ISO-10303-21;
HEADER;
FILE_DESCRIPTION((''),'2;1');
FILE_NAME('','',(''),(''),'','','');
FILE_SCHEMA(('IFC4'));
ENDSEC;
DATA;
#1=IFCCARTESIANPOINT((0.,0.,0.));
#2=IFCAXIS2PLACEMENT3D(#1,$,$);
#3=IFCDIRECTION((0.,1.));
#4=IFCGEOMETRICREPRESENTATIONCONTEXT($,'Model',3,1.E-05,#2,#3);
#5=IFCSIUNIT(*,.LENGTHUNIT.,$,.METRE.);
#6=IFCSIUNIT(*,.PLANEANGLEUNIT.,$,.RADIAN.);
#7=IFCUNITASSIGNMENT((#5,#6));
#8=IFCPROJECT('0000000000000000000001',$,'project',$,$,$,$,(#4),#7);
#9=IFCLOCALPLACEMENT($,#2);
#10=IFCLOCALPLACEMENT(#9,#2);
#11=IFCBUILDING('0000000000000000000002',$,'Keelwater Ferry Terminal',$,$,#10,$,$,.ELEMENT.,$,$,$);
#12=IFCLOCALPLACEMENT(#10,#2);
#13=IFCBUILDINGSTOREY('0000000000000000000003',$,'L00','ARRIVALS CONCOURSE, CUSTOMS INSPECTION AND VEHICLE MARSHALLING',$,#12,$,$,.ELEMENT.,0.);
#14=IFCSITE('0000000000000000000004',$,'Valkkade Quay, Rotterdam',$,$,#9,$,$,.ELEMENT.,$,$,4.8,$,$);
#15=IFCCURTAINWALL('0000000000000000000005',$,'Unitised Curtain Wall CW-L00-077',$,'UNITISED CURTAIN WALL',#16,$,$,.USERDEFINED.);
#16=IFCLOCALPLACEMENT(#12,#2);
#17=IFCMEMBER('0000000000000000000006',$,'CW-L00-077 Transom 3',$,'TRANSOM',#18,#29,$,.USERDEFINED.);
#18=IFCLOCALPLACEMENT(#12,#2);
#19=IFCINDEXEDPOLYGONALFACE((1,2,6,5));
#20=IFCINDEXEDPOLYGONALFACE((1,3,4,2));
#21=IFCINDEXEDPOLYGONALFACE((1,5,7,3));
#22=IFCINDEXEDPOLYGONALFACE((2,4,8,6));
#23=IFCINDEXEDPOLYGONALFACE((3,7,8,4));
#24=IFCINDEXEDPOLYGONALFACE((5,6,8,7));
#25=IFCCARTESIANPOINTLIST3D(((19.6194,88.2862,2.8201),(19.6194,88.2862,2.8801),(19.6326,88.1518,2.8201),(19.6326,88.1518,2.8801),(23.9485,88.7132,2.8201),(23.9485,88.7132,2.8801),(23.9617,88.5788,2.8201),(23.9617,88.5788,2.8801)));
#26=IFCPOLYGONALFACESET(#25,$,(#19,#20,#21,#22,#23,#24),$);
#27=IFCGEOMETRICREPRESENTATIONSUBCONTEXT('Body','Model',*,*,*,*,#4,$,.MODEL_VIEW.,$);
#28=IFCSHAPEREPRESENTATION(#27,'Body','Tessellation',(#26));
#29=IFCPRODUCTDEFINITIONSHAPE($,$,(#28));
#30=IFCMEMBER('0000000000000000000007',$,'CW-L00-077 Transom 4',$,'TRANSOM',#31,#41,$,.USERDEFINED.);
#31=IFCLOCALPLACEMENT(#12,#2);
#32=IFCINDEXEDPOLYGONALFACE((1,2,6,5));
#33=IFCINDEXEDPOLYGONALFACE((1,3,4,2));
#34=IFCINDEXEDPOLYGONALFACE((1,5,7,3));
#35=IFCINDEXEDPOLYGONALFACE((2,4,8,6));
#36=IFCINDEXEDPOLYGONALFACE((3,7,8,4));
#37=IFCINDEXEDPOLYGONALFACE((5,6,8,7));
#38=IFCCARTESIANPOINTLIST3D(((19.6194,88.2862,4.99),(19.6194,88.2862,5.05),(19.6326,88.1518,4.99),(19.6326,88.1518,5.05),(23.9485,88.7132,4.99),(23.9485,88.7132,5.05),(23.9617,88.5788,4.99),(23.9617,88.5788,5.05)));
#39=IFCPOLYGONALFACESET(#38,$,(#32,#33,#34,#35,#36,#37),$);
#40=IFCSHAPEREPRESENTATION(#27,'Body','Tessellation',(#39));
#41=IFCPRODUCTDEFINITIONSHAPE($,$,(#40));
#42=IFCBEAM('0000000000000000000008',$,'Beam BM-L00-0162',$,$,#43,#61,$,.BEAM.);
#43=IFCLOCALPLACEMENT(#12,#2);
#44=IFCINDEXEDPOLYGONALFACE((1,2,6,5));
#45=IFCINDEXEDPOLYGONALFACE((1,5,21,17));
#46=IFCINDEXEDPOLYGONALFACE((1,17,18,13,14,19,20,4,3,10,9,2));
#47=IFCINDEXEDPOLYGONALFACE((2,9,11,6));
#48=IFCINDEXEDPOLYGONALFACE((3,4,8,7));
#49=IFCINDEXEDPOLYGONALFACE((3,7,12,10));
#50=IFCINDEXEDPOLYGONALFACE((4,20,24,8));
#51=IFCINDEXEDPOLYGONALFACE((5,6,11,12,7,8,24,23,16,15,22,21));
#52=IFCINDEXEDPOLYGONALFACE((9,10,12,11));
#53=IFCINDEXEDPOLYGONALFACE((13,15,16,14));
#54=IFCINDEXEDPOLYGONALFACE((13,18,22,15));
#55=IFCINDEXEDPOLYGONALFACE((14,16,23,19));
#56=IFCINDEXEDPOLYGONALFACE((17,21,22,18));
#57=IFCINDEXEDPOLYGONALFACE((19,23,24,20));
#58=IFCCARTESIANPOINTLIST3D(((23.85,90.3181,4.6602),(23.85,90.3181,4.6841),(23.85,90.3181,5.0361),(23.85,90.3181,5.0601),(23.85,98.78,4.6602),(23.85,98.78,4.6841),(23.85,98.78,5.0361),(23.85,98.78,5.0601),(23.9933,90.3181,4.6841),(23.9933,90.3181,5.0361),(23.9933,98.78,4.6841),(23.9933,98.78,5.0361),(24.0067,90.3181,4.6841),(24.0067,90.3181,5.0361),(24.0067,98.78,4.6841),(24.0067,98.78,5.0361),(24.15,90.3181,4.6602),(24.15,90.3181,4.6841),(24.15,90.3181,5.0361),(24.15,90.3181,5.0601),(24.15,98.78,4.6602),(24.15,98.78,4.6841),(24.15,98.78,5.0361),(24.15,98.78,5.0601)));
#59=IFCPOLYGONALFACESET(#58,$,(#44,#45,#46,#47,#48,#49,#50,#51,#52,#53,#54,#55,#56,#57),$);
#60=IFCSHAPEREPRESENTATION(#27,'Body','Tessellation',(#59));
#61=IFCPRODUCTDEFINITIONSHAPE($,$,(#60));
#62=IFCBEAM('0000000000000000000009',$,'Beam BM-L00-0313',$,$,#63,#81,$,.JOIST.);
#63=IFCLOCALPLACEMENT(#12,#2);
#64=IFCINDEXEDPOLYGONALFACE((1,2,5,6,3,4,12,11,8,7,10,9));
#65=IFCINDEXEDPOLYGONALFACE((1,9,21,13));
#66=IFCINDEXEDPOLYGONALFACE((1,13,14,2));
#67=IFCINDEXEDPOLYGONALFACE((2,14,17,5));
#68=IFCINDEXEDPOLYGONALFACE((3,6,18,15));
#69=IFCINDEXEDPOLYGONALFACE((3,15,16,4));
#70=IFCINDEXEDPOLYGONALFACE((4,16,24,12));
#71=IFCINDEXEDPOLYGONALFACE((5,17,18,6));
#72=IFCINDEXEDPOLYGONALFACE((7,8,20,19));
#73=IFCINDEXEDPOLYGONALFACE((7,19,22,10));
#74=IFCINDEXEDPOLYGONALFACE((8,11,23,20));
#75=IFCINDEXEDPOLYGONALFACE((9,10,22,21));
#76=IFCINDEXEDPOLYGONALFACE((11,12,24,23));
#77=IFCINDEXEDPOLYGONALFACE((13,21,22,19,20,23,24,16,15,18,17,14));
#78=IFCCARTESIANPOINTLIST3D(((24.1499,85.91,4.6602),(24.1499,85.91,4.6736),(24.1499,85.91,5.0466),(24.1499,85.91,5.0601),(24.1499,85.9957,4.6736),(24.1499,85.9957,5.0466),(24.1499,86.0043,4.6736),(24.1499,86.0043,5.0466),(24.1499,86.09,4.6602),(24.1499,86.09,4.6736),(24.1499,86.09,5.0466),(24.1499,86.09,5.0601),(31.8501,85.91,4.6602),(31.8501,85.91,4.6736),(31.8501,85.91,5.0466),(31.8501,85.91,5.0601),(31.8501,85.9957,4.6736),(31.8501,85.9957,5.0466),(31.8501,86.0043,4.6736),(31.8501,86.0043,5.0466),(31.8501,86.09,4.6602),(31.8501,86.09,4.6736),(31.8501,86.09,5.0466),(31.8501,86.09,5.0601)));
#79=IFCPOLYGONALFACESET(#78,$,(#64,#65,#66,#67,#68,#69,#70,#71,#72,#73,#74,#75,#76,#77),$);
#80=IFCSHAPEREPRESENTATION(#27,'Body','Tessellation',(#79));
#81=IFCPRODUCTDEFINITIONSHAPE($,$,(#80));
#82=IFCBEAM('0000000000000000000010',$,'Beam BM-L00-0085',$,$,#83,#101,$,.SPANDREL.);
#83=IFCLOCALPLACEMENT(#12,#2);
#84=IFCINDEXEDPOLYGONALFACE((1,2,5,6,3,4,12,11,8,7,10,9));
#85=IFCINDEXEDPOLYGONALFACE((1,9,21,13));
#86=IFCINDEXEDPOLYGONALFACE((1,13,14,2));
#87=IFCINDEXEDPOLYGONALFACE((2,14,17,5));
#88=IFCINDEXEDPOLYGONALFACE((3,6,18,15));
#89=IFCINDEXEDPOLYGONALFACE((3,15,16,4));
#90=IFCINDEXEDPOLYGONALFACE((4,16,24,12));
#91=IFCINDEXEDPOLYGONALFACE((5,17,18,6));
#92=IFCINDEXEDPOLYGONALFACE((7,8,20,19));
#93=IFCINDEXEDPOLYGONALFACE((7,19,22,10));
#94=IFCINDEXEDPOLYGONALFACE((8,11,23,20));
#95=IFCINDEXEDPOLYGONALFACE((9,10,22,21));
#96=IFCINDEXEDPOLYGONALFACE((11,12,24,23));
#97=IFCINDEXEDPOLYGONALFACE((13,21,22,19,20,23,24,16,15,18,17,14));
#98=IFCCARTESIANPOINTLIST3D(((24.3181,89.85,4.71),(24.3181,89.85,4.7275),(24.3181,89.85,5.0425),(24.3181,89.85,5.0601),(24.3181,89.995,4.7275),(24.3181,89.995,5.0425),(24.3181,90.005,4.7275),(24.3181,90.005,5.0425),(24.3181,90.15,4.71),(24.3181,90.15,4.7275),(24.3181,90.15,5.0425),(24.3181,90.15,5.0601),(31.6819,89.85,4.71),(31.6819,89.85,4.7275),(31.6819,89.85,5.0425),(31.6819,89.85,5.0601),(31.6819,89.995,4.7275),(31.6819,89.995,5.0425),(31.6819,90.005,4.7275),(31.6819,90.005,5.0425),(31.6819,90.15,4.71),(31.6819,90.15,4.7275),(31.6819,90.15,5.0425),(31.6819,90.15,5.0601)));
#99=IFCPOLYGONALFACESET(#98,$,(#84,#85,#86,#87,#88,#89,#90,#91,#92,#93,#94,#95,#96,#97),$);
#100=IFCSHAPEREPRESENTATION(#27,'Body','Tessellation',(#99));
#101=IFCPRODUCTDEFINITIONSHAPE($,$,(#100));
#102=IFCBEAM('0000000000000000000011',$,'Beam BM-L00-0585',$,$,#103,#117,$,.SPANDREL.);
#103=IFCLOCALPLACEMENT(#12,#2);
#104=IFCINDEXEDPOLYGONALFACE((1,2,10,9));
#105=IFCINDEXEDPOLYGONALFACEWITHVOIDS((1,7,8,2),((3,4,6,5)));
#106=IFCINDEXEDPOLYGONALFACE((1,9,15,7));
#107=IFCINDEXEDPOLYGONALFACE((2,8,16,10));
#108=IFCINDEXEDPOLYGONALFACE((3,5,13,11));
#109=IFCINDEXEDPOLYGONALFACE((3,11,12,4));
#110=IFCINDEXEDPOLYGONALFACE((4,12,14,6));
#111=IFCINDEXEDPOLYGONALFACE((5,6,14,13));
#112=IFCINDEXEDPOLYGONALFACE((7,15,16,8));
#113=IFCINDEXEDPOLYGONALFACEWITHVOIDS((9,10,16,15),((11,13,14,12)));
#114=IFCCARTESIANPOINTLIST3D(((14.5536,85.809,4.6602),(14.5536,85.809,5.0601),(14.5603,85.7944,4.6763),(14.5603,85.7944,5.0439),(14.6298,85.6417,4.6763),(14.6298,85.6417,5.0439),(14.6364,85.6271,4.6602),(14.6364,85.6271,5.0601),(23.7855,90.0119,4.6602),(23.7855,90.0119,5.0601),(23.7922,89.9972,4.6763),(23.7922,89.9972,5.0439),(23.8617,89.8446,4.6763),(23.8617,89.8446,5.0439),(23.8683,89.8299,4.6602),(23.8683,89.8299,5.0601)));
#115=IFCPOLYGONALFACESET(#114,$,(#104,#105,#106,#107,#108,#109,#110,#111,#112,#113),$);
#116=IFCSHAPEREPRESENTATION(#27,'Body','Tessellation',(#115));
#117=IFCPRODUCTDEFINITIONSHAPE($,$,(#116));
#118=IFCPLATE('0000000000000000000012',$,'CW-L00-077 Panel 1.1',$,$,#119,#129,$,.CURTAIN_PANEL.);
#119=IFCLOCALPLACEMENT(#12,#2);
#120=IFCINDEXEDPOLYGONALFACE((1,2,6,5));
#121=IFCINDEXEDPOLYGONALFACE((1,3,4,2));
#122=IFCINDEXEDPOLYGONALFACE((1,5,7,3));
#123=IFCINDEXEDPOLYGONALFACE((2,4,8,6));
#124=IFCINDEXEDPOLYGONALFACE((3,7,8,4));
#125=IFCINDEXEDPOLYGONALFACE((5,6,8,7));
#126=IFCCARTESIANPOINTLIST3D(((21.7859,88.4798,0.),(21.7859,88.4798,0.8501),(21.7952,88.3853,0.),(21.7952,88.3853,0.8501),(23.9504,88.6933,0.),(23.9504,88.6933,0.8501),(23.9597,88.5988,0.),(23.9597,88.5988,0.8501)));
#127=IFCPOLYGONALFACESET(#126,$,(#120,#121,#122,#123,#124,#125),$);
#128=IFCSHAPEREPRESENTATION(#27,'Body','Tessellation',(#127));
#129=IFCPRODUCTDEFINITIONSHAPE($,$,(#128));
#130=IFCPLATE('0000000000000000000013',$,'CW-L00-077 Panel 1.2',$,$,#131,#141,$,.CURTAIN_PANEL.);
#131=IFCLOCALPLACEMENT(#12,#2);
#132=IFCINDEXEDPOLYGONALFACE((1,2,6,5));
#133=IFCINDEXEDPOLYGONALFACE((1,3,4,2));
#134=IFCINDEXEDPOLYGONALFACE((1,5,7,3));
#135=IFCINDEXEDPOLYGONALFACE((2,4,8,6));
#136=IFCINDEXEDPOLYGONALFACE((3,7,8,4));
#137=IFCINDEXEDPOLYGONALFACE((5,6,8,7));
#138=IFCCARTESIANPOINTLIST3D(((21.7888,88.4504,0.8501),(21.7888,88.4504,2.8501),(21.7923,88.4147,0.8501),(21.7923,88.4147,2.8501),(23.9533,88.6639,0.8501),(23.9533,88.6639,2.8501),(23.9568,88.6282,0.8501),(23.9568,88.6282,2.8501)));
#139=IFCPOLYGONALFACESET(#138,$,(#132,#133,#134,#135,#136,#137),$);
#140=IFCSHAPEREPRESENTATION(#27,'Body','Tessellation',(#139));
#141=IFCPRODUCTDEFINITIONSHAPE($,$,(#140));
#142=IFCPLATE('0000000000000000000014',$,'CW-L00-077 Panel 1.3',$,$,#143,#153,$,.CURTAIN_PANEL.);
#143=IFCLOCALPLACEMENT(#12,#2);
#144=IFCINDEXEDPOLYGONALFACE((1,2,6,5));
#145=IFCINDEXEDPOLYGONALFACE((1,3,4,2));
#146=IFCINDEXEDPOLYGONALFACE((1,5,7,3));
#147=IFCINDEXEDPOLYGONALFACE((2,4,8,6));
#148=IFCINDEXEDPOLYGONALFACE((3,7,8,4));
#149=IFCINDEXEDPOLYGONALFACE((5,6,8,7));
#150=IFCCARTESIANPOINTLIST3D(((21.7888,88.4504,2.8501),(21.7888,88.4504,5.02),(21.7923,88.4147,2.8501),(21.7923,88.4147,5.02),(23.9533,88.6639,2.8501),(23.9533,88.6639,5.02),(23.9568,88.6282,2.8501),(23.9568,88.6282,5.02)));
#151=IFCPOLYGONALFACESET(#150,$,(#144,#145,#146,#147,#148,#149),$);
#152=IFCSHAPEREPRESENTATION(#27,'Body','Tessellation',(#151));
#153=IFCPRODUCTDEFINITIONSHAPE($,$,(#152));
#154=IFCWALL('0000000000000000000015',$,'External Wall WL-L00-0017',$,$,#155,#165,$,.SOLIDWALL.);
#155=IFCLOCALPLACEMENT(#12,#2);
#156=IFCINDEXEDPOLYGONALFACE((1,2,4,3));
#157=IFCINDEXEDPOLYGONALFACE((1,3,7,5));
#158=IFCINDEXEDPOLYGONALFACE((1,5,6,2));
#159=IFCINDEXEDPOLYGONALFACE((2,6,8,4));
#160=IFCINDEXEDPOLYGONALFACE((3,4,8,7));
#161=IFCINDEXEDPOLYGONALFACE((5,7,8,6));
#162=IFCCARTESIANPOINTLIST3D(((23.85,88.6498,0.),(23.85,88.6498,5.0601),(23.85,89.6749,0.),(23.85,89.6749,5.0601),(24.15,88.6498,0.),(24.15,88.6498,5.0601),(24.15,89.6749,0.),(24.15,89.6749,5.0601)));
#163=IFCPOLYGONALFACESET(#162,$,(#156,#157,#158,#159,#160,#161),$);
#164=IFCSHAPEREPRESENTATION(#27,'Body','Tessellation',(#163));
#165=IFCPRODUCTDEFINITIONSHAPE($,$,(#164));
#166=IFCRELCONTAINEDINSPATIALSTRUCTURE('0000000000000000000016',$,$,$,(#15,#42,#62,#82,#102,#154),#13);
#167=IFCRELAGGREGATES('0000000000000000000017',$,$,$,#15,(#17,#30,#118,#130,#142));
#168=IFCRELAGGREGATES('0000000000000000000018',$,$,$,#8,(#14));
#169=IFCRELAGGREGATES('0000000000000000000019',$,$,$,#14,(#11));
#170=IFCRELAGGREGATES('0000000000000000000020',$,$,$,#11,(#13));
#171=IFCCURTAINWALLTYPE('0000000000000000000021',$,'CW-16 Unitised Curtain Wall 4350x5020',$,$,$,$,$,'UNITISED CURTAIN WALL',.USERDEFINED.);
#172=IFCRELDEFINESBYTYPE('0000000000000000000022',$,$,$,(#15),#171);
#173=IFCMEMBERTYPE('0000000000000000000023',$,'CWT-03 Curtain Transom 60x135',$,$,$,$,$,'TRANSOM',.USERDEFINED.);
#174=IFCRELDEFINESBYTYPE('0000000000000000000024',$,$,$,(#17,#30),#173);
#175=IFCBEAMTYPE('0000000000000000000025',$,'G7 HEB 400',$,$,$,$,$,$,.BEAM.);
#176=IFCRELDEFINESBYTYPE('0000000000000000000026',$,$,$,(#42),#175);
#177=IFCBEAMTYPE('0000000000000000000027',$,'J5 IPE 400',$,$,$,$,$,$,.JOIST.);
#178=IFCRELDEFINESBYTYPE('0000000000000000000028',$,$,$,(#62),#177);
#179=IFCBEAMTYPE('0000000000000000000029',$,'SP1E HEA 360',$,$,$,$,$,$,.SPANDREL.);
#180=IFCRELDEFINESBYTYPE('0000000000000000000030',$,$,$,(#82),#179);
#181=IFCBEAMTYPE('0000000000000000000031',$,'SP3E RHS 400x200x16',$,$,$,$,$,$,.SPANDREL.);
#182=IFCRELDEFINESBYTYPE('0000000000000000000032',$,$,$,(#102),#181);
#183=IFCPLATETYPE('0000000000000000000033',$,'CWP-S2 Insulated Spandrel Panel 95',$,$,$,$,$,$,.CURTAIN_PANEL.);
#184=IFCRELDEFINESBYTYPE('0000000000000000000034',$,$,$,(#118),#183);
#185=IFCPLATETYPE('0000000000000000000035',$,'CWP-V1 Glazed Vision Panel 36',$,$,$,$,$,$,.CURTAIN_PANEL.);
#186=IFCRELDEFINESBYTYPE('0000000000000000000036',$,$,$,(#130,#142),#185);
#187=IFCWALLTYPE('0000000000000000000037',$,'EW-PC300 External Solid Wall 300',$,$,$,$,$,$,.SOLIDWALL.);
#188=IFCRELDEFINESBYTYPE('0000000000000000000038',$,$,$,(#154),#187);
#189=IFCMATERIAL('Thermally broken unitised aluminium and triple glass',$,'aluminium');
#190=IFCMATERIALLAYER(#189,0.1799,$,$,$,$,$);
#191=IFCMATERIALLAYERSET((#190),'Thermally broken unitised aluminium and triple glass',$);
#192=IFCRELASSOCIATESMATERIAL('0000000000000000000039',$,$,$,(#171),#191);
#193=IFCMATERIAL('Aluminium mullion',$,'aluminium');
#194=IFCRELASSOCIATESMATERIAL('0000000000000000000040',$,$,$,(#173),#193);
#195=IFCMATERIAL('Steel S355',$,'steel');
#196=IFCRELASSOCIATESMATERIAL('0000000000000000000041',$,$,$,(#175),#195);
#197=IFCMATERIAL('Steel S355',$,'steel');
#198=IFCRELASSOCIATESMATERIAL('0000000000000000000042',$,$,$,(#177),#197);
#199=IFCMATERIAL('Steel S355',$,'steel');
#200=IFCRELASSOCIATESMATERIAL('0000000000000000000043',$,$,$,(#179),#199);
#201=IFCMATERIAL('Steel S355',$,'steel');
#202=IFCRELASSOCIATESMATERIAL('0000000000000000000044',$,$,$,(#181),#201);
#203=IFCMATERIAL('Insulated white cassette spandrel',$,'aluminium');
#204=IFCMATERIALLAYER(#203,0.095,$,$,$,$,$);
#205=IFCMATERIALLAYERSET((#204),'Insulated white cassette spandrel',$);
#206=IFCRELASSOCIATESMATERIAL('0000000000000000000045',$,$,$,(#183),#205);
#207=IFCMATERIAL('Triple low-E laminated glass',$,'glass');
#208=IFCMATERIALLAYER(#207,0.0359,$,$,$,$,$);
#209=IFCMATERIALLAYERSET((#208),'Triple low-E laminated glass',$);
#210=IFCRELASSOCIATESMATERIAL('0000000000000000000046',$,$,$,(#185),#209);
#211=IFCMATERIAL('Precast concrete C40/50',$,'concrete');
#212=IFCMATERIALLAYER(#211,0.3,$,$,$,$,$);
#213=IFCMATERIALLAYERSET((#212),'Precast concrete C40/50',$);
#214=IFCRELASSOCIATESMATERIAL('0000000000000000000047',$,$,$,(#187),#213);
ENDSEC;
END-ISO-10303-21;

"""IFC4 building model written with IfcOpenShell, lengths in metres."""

from ifc_helpers import new_model, si_unit, direction, frame, frame_2d, origin, origin_2d, place, context, subcontext, project, spatial, rectangle, hollow_rectangle, i_section, extrude, material, layer, layer_set, material_profile, profile_set, type_object, element, aggregate, save


model = new_model("IFC4")

# Units and contexts
model_context = context("Model", 3, precision=1e-05, world=origin(), true_north=direction((0.0, 1.0)))
body_context = subcontext(model_context, "Body", "Model", "MODEL_VIEW")
ifc_project = project(units=[si_unit("LENGTHUNIT", "METRE"), si_unit("PLANEANGLEUNIT", "RADIAN")], contexts=[model_context])

# Site, building, storey
site_placement = place(None, origin())
site = spatial("IfcSite", under=ifc_project, at=site_placement, Name="Valkkade Quay, Rotterdam", CompositionType="ELEMENT", RefElevation=4.8)
building_placement = place(site_placement, origin())
building = spatial("IfcBuilding", under=site, at=building_placement, Name="Keelwater Ferry Terminal", CompositionType="ELEMENT")
storey_placement = place(building_placement, origin())
storey = spatial("IfcBuildingStorey", under=building, at=storey_placement, Name="L00", Description="ARRIVALS CONCOURSE, CUSTOMS INSPECTION AND VEHICLE MARSHALLING", CompositionType="ELEMENT", Elevation=0.0)

# Curtain wall, members
ifc_material_1 = material(Name="Thermally broken unitised aluminium and triple glass", Category="aluminium")
ifc_layer_1 = layer(ifc_material_1, 0.1799)
ifc_layer_set_1 = layer_set([ifc_layer_1], Name="Thermally broken unitised aluminium and triple glass")
curtain_wall_type = type_object("IfcCurtainWallType", Name="CW-16 Unitised Curtain Wall 4350x5020", ElementType="UNITISED CURTAIN WALL", PredefinedType="USERDEFINED", material=ifc_layer_set_1)
curtain_wall_placement = place(storey_placement, origin())
curtain_wall = element("IfcCurtainWall", 1, at=curtain_wall_placement, inside=storey, type_object=curtain_wall_type, Name="Unitised Curtain Wall CW-L00-077", ObjectType="UNITISED CURTAIN WALL", PredefinedType="USERDEFINED")
ifc_material_2 = material(Name="Aluminium mullion", Category="aluminium")
ifc_material_profile_1 = material_profile(ifc_material_2, rectangle(XDim=0.135, YDim=0.0601, at=origin_2d()), Name="CWT-03")
ifc_profile_set_1 = profile_set([ifc_material_profile_1], Name="Aluminium mullion")
member_type_1 = type_object("IfcMemberType", Name="CWT-03 Curtain Transom 60x135", ElementType="TRANSOM", PredefinedType="USERDEFINED", material=ifc_profile_set_1)
member_1_placement = place(storey_placement, frame((23.9551, 88.646, 2.8501), z_axis=(-0.995171, -0.098159, 0.0), x_axis=(0.098159, -0.995171, 0.0)))
member_1 = element("IfcMember", 2, at=member_1_placement, type_object=member_type_1, Name="CW-L00-077 Transom 3", ObjectType="TRANSOM", PredefinedType="USERDEFINED", context=body_context, shape_type="SweptSolid", body=[
    extrude(rectangle(XDim=0.135, YDim=0.0601, at=origin_2d()), origin(), (0.0, 0.0, 1.0), 4.3501),
])
member_2_placement = place(storey_placement, frame((23.9551, 88.646, 5.02), z_axis=(-0.995171, -0.098159, 0.0), x_axis=(0.098159, -0.995171, 0.0)))
member_2 = element("IfcMember", 3, at=member_2_placement, type_object=member_type_1, Name="CW-L00-077 Transom 4", ObjectType="TRANSOM", PredefinedType="USERDEFINED", context=body_context, shape_type="SweptSolid", body=[
    extrude(rectangle(XDim=0.135, YDim=0.0601, at=origin_2d()), origin(), (0.0, 0.0, 1.0), 4.3501),
])

# Beams
ifc_material_3 = material(Name="Steel S355", Category="steel")
ifc_material_profile_2 = material_profile(ifc_material_3, i_section(OverallWidth=0.3, OverallDepth=0.3999, WebThickness=0.0134, FlangeThickness=0.0239, at=origin_2d()), Name="HEB 400")
ifc_profile_set_2 = profile_set([ifc_material_profile_2], Name="Steel S355")
beam_type_1 = type_object("IfcBeamType", Name="G7 HEB 400", PredefinedType="BEAM", material=ifc_profile_set_2)
beam_1_placement = place(storey_placement, frame((24.0, 90.3181, 4.8601), z_axis=(0.0, 1.0, 0.0), x_axis=(-1.0, 0.0, 0.0)))
element("IfcBeam", 4, at=beam_1_placement, inside=storey, type_object=beam_type_1, Name="Beam BM-L00-0162", PredefinedType="BEAM", context=body_context, shape_type="SweptSolid", body=[
    extrude(i_section(OverallWidth=0.3, OverallDepth=0.3999, WebThickness=0.0134, FlangeThickness=0.0239, at=origin_2d()), origin(), (0.0, 0.0, 1.0), 8.4619),
])
ifc_material_4 = material(Name="Steel S355", Category="steel")
ifc_material_profile_3 = material_profile(ifc_material_4, i_section(OverallWidth=0.1799, OverallDepth=0.3999, WebThickness=0.0085, FlangeThickness=0.0134, at=origin_2d()), Name="IPE 400")
ifc_profile_set_3 = profile_set([ifc_material_profile_3], Name="Steel S355")
beam_type_2 = type_object("IfcBeamType", Name="J5 IPE 400", PredefinedType="JOIST", material=ifc_profile_set_3)
beam_2_placement = place(storey_placement, frame((24.1499, 86.0, 4.8601), z_axis=(1.0, 0.0, 0.0), x_axis=(0.0, 1.0, 0.0)))
element("IfcBeam", 5, at=beam_2_placement, inside=storey, type_object=beam_type_2, Name="Beam BM-L00-0313", PredefinedType="JOIST", context=body_context, shape_type="SweptSolid", body=[
    extrude(i_section(OverallWidth=0.1799, OverallDepth=0.3999, WebThickness=0.0085, FlangeThickness=0.0134, at=origin_2d()), origin(), (0.0, 0.0, 1.0), 7.7002),
])
ifc_material_5 = material(Name="Steel S355", Category="steel")
ifc_material_profile_4 = material_profile(ifc_material_5, i_section(OverallWidth=0.3, OverallDepth=0.3501, WebThickness=0.01, FlangeThickness=0.0176, at=origin_2d()), Name="HEA 360")
ifc_profile_set_4 = profile_set([ifc_material_profile_4], Name="Steel S355")
beam_type_3 = type_object("IfcBeamType", Name="SP1E HEA 360", PredefinedType="SPANDREL", material=ifc_profile_set_4)
beam_3_placement = place(storey_placement, frame((24.3181, 90.0, 4.885), z_axis=(1.0, 0.0, 0.0), x_axis=(0.0, 1.0, 0.0)))
element("IfcBeam", 6, at=beam_3_placement, inside=storey, type_object=beam_type_3, Name="Beam BM-L00-0085", PredefinedType="SPANDREL", context=body_context, shape_type="SweptSolid", body=[
    extrude(i_section(OverallWidth=0.3, OverallDepth=0.3501, WebThickness=0.01, FlangeThickness=0.0176, at=origin_2d()), origin(), (0.0, 0.0, 1.0), 7.3638),
])
ifc_material_6 = material(Name="Steel S355", Category="steel")
ifc_material_profile_5 = material_profile(ifc_material_6, hollow_rectangle(XDim=0.2, YDim=0.3999, WallThickness=0.0161, at=origin_2d()), Name="RHS 400x200x16")
ifc_profile_set_5 = profile_set([ifc_material_profile_5], Name="Steel S355")
beam_type_4 = type_object("IfcBeamType", Name="SP3E RHS 400x200x16", PredefinedType="SPANDREL", material=ifc_profile_set_5)
beam_4_placement = place(storey_placement, frame((23.8269, 89.9209, 4.8601), z_axis=(-0.910123, -0.414338, 0.0), x_axis=(0.414338, -0.910123, 0.0)))
element("IfcBeam", 7, at=beam_4_placement, inside=storey, type_object=beam_type_4, Name="Beam BM-L00-0585", PredefinedType="SPANDREL", context=body_context, shape_type="SweptSolid", body=[
    extrude(hollow_rectangle(XDim=0.2, YDim=0.3999, WallThickness=0.0161, at=origin_2d()), origin(), (0.0, 0.0, 1.0), 10.1436),
])

# Plates
ifc_material_7 = material(Name="Insulated white cassette spandrel", Category="aluminium")
ifc_layer_2 = layer(ifc_material_7, 0.095)
ifc_layer_set_2 = layer_set([ifc_layer_2], Name="Insulated white cassette spandrel")
plate_type_1 = type_object("IfcPlateType", Name="CWP-S2 Insulated Spandrel Panel 95", PredefinedType="CURTAIN_PANEL", material=ifc_layer_set_2)
plate_1_placement = place(storey_placement, frame((22.8728, 88.5393, 0.0), z_axis=(0.0, 0.0, 1.0), x_axis=(-0.995171, -0.098161, 0.0)))
plate_1 = element("IfcPlate", 8, at=plate_1_placement, type_object=plate_type_1, Name="CW-L00-077 Panel 1.1", PredefinedType="CURTAIN_PANEL", context=body_context, shape_type="SweptSolid", body=[
    extrude(rectangle(XDim=2.175, YDim=0.095, at=origin_2d()), origin(), (0.0, 0.0, 1.0), 0.8501),
])
ifc_material_8 = material(Name="Triple low-E laminated glass", Category="glass")
ifc_layer_3 = layer(ifc_material_8, 0.0359)
ifc_layer_set_3 = layer_set([ifc_layer_3], Name="Triple low-E laminated glass")
plate_type_2 = type_object("IfcPlateType", Name="CWP-V1 Glazed Vision Panel 36", PredefinedType="CURTAIN_PANEL", material=ifc_layer_set_3)
plate_2_placement = place(storey_placement, frame((22.8728, 88.5393, 0.8501), z_axis=(0.0, 0.0, 1.0), x_axis=(-0.995171, -0.098161, 0.0)))
plate_2 = element("IfcPlate", 9, at=plate_2_placement, type_object=plate_type_2, Name="CW-L00-077 Panel 1.2", PredefinedType="CURTAIN_PANEL", context=body_context, shape_type="SweptSolid", body=[
    extrude(rectangle(XDim=2.175, YDim=0.0359, at=origin_2d()), origin(), (0.0, 0.0, 1.0), 2.0),
])
plate_3_placement = place(storey_placement, frame((22.8728, 88.5393, 2.8501), z_axis=(0.0, 0.0, 1.0), x_axis=(-0.995171, -0.098161, 0.0)))
plate_3 = element("IfcPlate", 10, at=plate_3_placement, type_object=plate_type_2, Name="CW-L00-077 Panel 1.3", PredefinedType="CURTAIN_PANEL", context=body_context, shape_type="SweptSolid", body=[
    extrude(rectangle(XDim=2.175, YDim=0.0359, at=origin_2d()), origin(), (0.0, 0.0, 1.0), 2.1699),
])
aggregate(curtain_wall, [member_1, member_2, plate_1, plate_2, plate_3])

# Wall
ifc_material_9 = material(Name="Precast concrete C40/50", Category="concrete")
ifc_layer_4 = layer(ifc_material_9, 0.3)
ifc_layer_set_4 = layer_set([ifc_layer_4], Name="Precast concrete C40/50")
wall_type_1 = type_object("IfcWallType", Name="EW-PC300 External Solid Wall 300", PredefinedType="SOLIDWALL", material=ifc_layer_set_4)
wall_1_placement = place(storey_placement, frame((24.0, 89.675, 0.0), z_axis=(0.0, 0.0, 1.0), x_axis=(0.0, -1.0, 0.0)))
element("IfcWall", 11, at=wall_1_placement, inside=storey, type_object=wall_type_1, Name="External Wall WL-L00-0017", PredefinedType="SOLIDWALL", context=body_context, shape_type="SweptSolid", body=[
    extrude(rectangle(XDim=1.0251, YDim=0.3, at=frame_2d((0.5127, 0.0))), origin(), (0.0, 0.0, 1.0), 5.0601),
])

save(model, "model.ifc")
